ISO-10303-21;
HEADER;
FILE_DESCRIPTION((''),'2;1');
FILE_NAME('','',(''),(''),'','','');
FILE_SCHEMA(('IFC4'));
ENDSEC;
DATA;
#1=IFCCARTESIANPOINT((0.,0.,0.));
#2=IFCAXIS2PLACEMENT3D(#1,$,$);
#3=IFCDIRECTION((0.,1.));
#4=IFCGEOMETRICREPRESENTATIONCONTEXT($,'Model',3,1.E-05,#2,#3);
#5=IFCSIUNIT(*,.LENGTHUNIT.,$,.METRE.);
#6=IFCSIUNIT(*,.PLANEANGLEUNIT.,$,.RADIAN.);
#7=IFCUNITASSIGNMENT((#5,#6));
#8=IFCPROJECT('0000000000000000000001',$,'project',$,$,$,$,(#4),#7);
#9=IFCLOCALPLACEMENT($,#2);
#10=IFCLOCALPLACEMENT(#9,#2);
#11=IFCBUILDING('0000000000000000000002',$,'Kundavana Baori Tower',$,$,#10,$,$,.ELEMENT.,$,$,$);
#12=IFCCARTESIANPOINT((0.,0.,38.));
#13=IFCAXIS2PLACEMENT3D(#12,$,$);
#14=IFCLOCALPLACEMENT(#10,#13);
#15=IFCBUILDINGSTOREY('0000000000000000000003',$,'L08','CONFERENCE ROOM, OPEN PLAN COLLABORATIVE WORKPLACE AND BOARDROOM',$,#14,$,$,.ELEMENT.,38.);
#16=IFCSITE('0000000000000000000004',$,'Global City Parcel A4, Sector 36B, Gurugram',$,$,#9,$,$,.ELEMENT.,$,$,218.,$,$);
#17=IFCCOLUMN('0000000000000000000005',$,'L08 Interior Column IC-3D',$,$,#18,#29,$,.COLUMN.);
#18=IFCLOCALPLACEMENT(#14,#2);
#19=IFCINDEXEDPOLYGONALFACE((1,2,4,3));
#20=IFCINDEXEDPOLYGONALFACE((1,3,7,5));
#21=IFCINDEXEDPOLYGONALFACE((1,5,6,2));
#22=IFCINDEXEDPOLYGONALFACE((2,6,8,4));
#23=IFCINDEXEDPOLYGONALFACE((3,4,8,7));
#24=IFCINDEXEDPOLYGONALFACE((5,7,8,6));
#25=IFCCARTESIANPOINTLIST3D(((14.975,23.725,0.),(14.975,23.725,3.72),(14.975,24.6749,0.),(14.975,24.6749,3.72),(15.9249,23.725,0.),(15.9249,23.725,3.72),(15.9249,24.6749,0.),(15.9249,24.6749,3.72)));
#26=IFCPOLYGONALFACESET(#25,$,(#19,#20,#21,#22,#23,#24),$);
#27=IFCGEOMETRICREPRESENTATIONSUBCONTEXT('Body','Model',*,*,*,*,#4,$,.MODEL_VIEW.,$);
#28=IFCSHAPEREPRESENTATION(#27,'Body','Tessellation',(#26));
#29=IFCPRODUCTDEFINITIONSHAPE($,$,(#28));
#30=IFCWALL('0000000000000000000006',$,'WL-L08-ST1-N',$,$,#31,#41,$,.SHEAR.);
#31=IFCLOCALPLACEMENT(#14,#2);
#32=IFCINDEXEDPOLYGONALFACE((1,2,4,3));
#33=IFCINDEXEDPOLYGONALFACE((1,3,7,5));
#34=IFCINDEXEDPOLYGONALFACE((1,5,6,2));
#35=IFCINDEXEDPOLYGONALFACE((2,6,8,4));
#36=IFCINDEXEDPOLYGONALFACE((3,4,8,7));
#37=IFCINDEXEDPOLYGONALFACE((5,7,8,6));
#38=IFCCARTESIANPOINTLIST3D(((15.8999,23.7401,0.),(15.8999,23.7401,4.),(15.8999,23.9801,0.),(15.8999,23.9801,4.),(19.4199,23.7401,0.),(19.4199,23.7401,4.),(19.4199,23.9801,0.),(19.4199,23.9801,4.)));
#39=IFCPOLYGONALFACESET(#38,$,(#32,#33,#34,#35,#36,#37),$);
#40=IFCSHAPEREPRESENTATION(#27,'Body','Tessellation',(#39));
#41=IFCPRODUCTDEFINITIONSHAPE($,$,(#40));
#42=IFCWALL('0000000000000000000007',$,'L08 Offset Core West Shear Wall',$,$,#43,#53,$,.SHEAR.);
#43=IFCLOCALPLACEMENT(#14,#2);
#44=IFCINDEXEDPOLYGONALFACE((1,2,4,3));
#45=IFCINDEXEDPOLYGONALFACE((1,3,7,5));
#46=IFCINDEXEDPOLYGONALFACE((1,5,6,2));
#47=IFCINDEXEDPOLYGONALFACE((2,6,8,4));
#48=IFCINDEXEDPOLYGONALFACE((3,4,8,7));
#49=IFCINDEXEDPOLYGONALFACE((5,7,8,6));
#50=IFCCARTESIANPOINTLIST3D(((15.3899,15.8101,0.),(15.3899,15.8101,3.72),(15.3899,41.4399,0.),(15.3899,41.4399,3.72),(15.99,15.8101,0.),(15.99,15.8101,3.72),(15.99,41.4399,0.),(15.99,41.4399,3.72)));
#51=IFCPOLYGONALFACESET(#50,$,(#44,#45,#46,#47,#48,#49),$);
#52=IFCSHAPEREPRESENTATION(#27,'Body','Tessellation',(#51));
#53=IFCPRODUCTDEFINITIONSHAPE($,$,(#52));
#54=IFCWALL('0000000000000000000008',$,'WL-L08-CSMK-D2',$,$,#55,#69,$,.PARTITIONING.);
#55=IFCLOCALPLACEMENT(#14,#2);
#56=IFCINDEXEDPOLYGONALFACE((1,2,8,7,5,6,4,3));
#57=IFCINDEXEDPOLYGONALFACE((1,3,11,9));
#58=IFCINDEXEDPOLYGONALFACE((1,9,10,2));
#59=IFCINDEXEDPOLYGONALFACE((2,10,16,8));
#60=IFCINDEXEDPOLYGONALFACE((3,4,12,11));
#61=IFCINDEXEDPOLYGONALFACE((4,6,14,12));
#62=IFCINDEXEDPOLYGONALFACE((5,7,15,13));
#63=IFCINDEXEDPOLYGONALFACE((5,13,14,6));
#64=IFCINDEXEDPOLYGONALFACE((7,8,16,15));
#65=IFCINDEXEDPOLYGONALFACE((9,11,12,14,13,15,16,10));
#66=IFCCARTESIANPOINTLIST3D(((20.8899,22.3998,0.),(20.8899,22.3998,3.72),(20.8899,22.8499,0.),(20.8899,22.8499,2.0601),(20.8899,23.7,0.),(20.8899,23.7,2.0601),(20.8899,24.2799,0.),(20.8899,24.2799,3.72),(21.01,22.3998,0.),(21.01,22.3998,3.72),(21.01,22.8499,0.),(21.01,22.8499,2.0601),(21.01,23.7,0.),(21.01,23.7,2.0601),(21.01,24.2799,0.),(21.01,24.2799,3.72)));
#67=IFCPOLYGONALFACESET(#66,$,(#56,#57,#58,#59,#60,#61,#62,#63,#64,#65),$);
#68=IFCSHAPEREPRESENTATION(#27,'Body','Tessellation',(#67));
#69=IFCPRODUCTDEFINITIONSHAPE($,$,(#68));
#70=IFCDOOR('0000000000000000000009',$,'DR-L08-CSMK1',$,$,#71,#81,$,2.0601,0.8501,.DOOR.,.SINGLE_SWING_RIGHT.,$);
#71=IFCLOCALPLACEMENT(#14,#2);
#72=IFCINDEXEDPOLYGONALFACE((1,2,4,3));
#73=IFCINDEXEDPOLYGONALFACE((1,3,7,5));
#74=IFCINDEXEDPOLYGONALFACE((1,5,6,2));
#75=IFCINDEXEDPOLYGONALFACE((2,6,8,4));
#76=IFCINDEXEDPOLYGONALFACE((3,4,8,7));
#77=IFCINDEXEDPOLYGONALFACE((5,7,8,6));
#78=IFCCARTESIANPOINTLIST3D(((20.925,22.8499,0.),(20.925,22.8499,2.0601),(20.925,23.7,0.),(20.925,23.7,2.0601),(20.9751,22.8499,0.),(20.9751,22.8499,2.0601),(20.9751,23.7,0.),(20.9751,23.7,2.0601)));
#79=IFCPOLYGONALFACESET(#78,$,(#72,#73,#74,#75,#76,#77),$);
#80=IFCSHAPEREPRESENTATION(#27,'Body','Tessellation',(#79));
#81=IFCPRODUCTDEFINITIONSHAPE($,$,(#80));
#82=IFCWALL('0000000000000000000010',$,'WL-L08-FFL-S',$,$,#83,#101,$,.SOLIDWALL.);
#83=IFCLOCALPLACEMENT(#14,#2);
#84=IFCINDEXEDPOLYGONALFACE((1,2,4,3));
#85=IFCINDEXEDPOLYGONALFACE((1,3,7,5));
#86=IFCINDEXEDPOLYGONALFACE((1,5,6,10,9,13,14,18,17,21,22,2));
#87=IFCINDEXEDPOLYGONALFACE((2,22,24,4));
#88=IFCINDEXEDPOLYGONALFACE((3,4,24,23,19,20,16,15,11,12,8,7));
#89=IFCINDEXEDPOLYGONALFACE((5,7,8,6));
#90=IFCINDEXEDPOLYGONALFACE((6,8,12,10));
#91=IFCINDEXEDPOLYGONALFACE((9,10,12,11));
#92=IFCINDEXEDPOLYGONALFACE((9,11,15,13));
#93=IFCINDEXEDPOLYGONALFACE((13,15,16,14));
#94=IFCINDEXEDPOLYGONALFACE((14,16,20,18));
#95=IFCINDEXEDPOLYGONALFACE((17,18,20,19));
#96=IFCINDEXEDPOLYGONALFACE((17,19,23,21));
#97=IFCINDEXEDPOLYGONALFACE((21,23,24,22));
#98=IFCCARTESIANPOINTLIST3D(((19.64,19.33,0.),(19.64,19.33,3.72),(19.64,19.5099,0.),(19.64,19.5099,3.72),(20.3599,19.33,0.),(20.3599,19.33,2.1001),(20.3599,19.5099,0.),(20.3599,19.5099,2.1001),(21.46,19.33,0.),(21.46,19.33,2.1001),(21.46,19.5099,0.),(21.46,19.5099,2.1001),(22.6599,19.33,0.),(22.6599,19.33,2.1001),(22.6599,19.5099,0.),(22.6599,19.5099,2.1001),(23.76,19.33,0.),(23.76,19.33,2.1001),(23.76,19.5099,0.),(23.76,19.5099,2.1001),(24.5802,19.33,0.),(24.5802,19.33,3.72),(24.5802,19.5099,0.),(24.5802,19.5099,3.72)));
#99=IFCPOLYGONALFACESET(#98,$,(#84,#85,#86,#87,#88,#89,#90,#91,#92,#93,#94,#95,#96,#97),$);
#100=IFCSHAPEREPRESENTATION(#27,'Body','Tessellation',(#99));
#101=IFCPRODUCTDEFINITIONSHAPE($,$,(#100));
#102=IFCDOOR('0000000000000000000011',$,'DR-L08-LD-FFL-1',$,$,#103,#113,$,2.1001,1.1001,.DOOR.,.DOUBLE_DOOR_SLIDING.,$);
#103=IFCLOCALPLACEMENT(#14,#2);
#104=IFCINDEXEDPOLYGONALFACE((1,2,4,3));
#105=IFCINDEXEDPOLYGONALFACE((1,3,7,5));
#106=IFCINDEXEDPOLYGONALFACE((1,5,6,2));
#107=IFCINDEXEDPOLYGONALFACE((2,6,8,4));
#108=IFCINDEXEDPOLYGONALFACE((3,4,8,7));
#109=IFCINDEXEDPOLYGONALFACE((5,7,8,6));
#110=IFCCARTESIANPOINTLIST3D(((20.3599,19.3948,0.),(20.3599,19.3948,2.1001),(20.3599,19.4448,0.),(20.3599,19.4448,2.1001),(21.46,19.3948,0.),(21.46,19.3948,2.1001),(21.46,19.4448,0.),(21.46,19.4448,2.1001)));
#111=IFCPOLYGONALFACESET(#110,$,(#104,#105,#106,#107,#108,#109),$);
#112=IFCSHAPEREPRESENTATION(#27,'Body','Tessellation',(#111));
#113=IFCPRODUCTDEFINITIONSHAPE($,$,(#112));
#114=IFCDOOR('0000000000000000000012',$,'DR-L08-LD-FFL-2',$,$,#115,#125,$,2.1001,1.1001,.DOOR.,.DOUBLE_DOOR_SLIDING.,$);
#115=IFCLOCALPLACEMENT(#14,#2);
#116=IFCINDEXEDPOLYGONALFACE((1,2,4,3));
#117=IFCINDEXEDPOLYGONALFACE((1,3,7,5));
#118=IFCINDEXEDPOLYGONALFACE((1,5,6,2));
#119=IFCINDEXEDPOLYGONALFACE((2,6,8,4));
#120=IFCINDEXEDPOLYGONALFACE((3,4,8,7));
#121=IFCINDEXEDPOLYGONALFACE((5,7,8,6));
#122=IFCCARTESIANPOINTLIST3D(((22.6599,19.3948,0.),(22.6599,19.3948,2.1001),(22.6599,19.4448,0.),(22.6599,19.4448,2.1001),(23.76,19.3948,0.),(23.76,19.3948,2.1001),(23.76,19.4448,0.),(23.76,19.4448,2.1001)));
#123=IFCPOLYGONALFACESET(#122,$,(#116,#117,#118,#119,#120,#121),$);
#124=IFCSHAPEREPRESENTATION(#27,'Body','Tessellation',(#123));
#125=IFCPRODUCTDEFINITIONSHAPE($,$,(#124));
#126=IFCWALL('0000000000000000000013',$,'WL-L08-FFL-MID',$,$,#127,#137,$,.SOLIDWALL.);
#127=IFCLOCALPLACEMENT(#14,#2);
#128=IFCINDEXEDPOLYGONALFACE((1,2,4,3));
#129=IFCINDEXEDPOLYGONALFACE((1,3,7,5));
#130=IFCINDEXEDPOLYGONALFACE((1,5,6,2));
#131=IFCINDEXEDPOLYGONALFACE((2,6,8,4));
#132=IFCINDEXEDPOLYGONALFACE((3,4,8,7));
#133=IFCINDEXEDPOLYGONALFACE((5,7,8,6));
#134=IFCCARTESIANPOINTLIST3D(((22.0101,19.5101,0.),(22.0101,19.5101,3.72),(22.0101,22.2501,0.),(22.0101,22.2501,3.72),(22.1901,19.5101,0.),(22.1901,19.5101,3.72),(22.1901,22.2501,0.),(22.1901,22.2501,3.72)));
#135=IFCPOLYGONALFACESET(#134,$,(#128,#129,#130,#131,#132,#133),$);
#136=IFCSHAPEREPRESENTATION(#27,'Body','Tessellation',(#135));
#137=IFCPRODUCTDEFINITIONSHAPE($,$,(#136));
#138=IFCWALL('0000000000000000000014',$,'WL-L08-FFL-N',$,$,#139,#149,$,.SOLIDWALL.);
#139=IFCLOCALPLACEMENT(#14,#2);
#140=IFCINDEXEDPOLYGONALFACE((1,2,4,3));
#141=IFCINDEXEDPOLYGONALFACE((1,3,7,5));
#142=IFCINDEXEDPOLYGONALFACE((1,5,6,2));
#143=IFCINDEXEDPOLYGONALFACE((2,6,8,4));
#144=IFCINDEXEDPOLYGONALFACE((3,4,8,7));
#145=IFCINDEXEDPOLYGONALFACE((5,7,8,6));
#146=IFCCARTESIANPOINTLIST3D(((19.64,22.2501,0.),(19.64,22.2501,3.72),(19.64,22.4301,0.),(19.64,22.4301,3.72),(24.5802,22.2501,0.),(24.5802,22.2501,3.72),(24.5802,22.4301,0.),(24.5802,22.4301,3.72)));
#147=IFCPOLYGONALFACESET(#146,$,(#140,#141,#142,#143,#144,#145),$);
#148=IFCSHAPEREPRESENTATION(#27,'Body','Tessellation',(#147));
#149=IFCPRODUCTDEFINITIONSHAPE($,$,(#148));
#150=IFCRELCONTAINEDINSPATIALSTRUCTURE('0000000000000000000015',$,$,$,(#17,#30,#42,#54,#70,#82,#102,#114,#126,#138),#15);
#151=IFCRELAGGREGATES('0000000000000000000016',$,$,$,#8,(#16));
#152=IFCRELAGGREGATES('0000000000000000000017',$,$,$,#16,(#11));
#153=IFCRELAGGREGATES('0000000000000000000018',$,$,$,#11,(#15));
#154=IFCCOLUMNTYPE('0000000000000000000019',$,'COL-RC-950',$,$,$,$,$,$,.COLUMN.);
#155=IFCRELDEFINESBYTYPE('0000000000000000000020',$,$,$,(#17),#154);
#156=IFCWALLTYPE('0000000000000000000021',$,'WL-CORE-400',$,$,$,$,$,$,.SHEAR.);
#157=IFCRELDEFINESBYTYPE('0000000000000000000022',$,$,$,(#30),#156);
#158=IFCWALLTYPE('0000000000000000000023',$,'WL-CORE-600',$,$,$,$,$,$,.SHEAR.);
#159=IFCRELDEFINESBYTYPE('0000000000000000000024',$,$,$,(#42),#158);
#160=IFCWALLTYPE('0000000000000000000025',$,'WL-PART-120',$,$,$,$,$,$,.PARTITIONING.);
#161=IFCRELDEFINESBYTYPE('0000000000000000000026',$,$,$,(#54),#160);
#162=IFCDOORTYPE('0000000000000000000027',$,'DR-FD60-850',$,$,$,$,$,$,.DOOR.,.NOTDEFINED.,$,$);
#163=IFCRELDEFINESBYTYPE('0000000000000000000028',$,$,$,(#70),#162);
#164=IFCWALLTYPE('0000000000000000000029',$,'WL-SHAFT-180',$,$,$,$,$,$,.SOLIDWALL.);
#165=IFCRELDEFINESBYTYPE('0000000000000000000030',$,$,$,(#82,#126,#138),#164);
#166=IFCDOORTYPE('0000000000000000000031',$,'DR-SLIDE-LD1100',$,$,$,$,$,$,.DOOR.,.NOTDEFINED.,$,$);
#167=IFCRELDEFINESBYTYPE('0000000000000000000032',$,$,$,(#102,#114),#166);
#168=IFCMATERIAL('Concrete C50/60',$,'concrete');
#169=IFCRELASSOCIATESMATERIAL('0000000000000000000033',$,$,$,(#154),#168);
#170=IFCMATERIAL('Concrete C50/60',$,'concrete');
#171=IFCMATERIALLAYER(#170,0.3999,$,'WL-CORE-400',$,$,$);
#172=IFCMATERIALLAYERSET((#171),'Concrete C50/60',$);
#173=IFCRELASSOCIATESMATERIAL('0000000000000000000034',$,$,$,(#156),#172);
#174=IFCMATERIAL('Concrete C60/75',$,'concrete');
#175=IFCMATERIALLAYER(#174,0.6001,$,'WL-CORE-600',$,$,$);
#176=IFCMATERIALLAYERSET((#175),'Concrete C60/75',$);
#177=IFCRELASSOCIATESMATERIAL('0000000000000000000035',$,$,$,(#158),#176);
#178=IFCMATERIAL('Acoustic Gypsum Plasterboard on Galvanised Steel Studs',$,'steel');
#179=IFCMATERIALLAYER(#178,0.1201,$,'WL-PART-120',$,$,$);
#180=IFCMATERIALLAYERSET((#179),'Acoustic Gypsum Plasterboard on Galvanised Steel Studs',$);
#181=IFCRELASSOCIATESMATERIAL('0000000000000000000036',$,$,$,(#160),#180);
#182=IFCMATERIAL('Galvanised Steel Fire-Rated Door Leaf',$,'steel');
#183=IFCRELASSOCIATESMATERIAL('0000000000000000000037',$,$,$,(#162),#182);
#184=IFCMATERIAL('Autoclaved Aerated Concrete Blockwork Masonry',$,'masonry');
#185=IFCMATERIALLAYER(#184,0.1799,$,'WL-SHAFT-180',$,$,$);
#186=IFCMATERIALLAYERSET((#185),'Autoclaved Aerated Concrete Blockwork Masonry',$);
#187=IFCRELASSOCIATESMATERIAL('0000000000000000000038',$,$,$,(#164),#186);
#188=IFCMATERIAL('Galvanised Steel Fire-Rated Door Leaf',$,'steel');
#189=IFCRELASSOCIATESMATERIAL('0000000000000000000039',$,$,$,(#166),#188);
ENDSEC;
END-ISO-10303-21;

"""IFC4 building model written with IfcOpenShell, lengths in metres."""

from ifc_helpers import new_model, si_unit, direction, frame, frame_2d, origin, origin_2d, place, context, subcontext, project, spatial, rectangle, extrude, material, layer, layer_set, material_profile, profile_set, type_object, element, fill, save


model = new_model("IFC4")

# Units and contexts
model_context = context("Model", 3, precision=1e-05, world=origin(), true_north=direction((0.0, 1.0)))
body_context = subcontext(model_context, "Body", "Model", "MODEL_VIEW")
ifc_project = project(units=[si_unit("LENGTHUNIT", "METRE"), si_unit("PLANEANGLEUNIT", "RADIAN")], contexts=[model_context])

# Site, building, storey
site_placement = place(None, origin())
site = spatial("IfcSite", under=ifc_project, at=site_placement, Name="Global City Parcel A4, Sector 36B, Gurugram", CompositionType="ELEMENT", RefElevation=218.0)
building_placement = place(site_placement, origin())
building = spatial("IfcBuilding", under=site, at=building_placement, Name="Kundavana Baori Tower", CompositionType="ELEMENT")
storey_placement = place(building_placement, frame((0.0, 0.0, 38.0)))
storey = spatial("IfcBuildingStorey", under=building, at=storey_placement, Name="L08", Description="CONFERENCE ROOM, OPEN PLAN COLLABORATIVE WORKPLACE AND BOARDROOM", CompositionType="ELEMENT", Elevation=38.0)

# Column
ifc_material_1 = material(Name="Concrete C50/60", Category="concrete")
ifc_material_profile = material_profile(ifc_material_1, rectangle(XDim=0.95, YDim=0.95, at=origin_2d()), Name="RC 950x950")
ifc_profile_set = profile_set([ifc_material_profile], Name="Concrete C50/60")
column_type = type_object("IfcColumnType", Name="COL-RC-950", PredefinedType="COLUMN", material=ifc_profile_set)
column_placement = place(storey_placement, frame((15.45, 24.2, 0.0), z_axis=(0.0, 0.0, 1.0), x_axis=(1.0, 0.0, 0.0)))
element("IfcColumn", 1, at=column_placement, inside=storey, type_object=column_type, Name="L08 Interior Column IC-3D", PredefinedType="COLUMN", context=body_context, shape_type="SweptSolid", body=[
    extrude(rectangle(XDim=0.95, YDim=0.95, at=origin_2d()), origin(), (0.0, 0.0, 1.0), 3.72),
])

# Walls
ifc_material_2 = material(Name="Concrete C50/60", Category="concrete")
ifc_layer_1 = layer(ifc_material_2, 0.3999, Name="WL-CORE-400")
ifc_layer_set_1 = layer_set([ifc_layer_1], Name="Concrete C50/60")
wall_type_1 = type_object("IfcWallType", Name="WL-CORE-400", PredefinedType="SHEAR", material=ifc_layer_set_1)
wall_1_placement = place(storey_placement, frame((15.8999, 23.8601, 0.0), z_axis=(0.0, 0.0, 1.0), x_axis=(1.0, 0.0, 0.0)))
element("IfcWall", 2, at=wall_1_placement, inside=storey, type_object=wall_type_1, Name="WL-L08-ST1-N", PredefinedType="SHEAR", context=body_context, shape_type="SweptSolid", body=[
    extrude(rectangle(XDim=3.52, YDim=0.24, at=frame_2d((1.76, 0.0))), origin(), (0.0, 0.0, 1.0), 4.0),
])
ifc_material_3 = material(Name="Concrete C60/75", Category="concrete")
ifc_layer_2 = layer(ifc_material_3, 0.6001, Name="WL-CORE-600")
ifc_layer_set_2 = layer_set([ifc_layer_2], Name="Concrete C60/75")
wall_type_2 = type_object("IfcWallType", Name="WL-CORE-600", PredefinedType="SHEAR", material=ifc_layer_set_2)
wall_2_placement = place(storey_placement, frame((15.6899, 15.8101, 0.0), z_axis=(0.0, 0.0, 1.0), x_axis=(0.0, 1.0, 0.0)))
element("IfcWall", 3, at=wall_2_placement, inside=storey, type_object=wall_type_2, Name="L08 Offset Core West Shear Wall", PredefinedType="SHEAR", context=body_context, shape_type="SweptSolid", body=[
    extrude(rectangle(XDim=25.6299, YDim=0.6001, at=frame_2d((12.8149, 0.0))), origin(), (0.0, 0.0, 1.0), 3.72),
])

# Wall, opening, door
ifc_material_4 = material(Name="Acoustic Gypsum Plasterboard on Galvanised Steel Studs", Category="steel")
ifc_layer_3 = layer(ifc_material_4, 0.1201, Name="WL-PART-120")
ifc_layer_set_3 = layer_set([ifc_layer_3], Name="Acoustic Gypsum Plasterboard on Galvanised Steel Studs")
wall_type_3 = type_object("IfcWallType", Name="WL-PART-120", PredefinedType="PARTITIONING", material=ifc_layer_set_3)
wall_3_placement = place(storey_placement, frame((20.95, 22.3999, 0.0), z_axis=(0.0, 0.0, 1.0), x_axis=(0.0, 1.0, 0.0)))
wall_3 = element("IfcWall", 4, at=wall_3_placement, inside=storey, type_object=wall_type_3, Name="WL-L08-CSMK-D2", PredefinedType="PARTITIONING", context=body_context, shape_type="SweptSolid", body=[
    extrude(rectangle(XDim=1.8801, YDim=0.1201, at=frame_2d((0.9399, 0.0))), origin(), (0.0, 0.0, 1.0), 3.72),
])
opening_1_placement = place(wall_3_placement, frame((0.45, 0.0, 0.0)))
opening_1 = element("IfcOpeningElement", 5, at=opening_1_placement, cuts=wall_3, PredefinedType="OPENING", context=body_context, shape_type="SweptSolid", body=[
    extrude(rectangle(XDim=0.8501, YDim=2.0601, at=frame_2d((0.425, 1.03))), frame((0.0, 0.0701, 0.0), z_axis=(0.0, -1.0, 0.0), x_axis=(1.0, 0.0, 0.0)), (0.0, 0.0, 1.0), 0.1401),
])
ifc_material_5 = material(Name="Galvanised Steel Fire-Rated Door Leaf", Category="steel")
door_type_1 = type_object("IfcDoorType", Name="DR-FD60-850", OperationType="NOTDEFINED", PredefinedType="DOOR", material=ifc_material_5)
door_1_placement = place(opening_1_placement, origin())
door_1 = element("IfcDoor", 6, at=door_1_placement, inside=storey, type_object=door_type_1, Name="DR-L08-CSMK1", OperationType="SINGLE_SWING_RIGHT", OverallHeight=2.0601, OverallWidth=0.8501, PredefinedType="DOOR", context=body_context, shape_type="SweptSolid", body=[
    extrude(rectangle(XDim=0.8501, YDim=2.0601, at=frame_2d((0.425, 1.03))), frame((0.0, 0.0249, 0.0), z_axis=(0.0, -1.0, 0.0), x_axis=(1.0, 0.0, 0.0)), (0.0, 0.0, 1.0), 0.05),
])
fill(opening_1, door_1)

# Wall, openings, doors
ifc_material_6 = material(Name="Autoclaved Aerated Concrete Blockwork Masonry", Category="masonry")
ifc_layer_4 = layer(ifc_material_6, 0.1799, Name="WL-SHAFT-180")
ifc_layer_set_4 = layer_set([ifc_layer_4], Name="Autoclaved Aerated Concrete Blockwork Masonry")
wall_type_4 = type_object("IfcWallType", Name="WL-SHAFT-180", PredefinedType="SOLIDWALL", material=ifc_layer_set_4)
wall_4_placement = place(storey_placement, frame((19.6399, 19.4199, 0.0), z_axis=(0.0, 0.0, 1.0), x_axis=(1.0, 0.0, 0.0)))
wall_4 = element("IfcWall", 7, at=wall_4_placement, inside=storey, type_object=wall_type_4, Name="WL-L08-FFL-S", PredefinedType="SOLIDWALL", context=body_context, shape_type="SweptSolid", body=[
    extrude(rectangle(XDim=4.9402, YDim=0.1799, at=frame_2d((2.4702, 0.0))), origin(), (0.0, 0.0, 1.0), 3.72),
])
opening_2_placement = place(wall_4_placement, frame((0.72, 0.0, 0.0)))
opening_2 = element("IfcOpeningElement", 8, at=opening_2_placement, cuts=wall_4, PredefinedType="OPENING", context=body_context, shape_type="SweptSolid", body=[
    extrude(rectangle(XDim=1.1001, YDim=2.1001, at=frame_2d((0.55, 1.05))), frame((0.0, 0.1001, 0.0), z_axis=(0.0, -1.0, 0.0), x_axis=(1.0, 0.0, 0.0)), (0.0, 0.0, 1.0), 0.2),
])
opening_3_placement = place(wall_4_placement, frame((3.02, 0.0, 0.0)))
opening_3 = element("IfcOpeningElement", 9, at=opening_3_placement, cuts=wall_4, PredefinedType="OPENING", context=body_context, shape_type="SweptSolid", body=[
    extrude(rectangle(XDim=1.1001, YDim=2.1001, at=frame_2d((0.55, 1.05))), frame((0.0, 0.1001, 0.0), z_axis=(0.0, -1.0, 0.0), x_axis=(1.0, 0.0, 0.0)), (0.0, 0.0, 1.0), 0.2),
])
ifc_material_7 = material(Name="Galvanised Steel Fire-Rated Door Leaf", Category="steel")
door_type_2 = type_object("IfcDoorType", Name="DR-SLIDE-LD1100", OperationType="NOTDEFINED", PredefinedType="DOOR", material=ifc_material_7)
door_2_placement = place(opening_2_placement, origin())
door_2 = element("IfcDoor", 10, at=door_2_placement, inside=storey, type_object=door_type_2, Name="DR-L08-LD-FFL-1", OperationType="DOUBLE_DOOR_SLIDING", OverallHeight=2.1001, OverallWidth=1.1001, PredefinedType="DOOR", context=body_context, shape_type="SweptSolid", body=[
    extrude(rectangle(XDim=1.1001, YDim=2.1001, at=frame_2d((0.55, 1.05))), frame((0.0, 0.0249, 0.0), z_axis=(0.0, -1.0, 0.0), x_axis=(1.0, 0.0, 0.0)), (0.0, 0.0, 1.0), 0.05),
])
fill(opening_2, door_2)
door_3_placement = place(opening_3_placement, origin())
door_3 = element("IfcDoor", 11, at=door_3_placement, inside=storey, type_object=door_type_2, Name="DR-L08-LD-FFL-2", OperationType="DOUBLE_DOOR_SLIDING", OverallHeight=2.1001, OverallWidth=1.1001, PredefinedType="DOOR", context=body_context, shape_type="SweptSolid", body=[
    extrude(rectangle(XDim=1.1001, YDim=2.1001, at=frame_2d((0.55, 1.05))), frame((0.0, 0.0249, 0.0), z_axis=(0.0, -1.0, 0.0), x_axis=(1.0, 0.0, 0.0)), (0.0, 0.0, 1.0), 0.05),
])
fill(opening_3, door_3)

# Walls
wall_5_placement = place(storey_placement, frame((22.1001, 19.51, 0.0), z_axis=(0.0, 0.0, 1.0), x_axis=(0.0, 1.0, 0.0)))
element("IfcWall", 12, at=wall_5_placement, inside=storey, type_object=wall_type_4, Name="WL-L08-FFL-MID", PredefinedType="SOLIDWALL", context=body_context, shape_type="SweptSolid", body=[
    extrude(rectangle(XDim=2.74, YDim=0.1799, at=frame_2d((1.3701, 0.0))), origin(), (0.0, 0.0, 1.0), 3.72),
])
wall_6_placement = place(storey_placement, frame((19.6399, 22.3401, 0.0), z_axis=(0.0, 0.0, 1.0), x_axis=(1.0, 0.0, 0.0)))
element("IfcWall", 13, at=wall_6_placement, inside=storey, type_object=wall_type_4, Name="WL-L08-FFL-N", PredefinedType="SOLIDWALL", context=body_context, shape_type="SweptSolid", body=[
    extrude(rectangle(XDim=4.9402, YDim=0.1799, at=frame_2d((2.4702, 0.0))), origin(), (0.0, 0.0, 1.0), 3.72),
])

save(model, "model.ifc")
